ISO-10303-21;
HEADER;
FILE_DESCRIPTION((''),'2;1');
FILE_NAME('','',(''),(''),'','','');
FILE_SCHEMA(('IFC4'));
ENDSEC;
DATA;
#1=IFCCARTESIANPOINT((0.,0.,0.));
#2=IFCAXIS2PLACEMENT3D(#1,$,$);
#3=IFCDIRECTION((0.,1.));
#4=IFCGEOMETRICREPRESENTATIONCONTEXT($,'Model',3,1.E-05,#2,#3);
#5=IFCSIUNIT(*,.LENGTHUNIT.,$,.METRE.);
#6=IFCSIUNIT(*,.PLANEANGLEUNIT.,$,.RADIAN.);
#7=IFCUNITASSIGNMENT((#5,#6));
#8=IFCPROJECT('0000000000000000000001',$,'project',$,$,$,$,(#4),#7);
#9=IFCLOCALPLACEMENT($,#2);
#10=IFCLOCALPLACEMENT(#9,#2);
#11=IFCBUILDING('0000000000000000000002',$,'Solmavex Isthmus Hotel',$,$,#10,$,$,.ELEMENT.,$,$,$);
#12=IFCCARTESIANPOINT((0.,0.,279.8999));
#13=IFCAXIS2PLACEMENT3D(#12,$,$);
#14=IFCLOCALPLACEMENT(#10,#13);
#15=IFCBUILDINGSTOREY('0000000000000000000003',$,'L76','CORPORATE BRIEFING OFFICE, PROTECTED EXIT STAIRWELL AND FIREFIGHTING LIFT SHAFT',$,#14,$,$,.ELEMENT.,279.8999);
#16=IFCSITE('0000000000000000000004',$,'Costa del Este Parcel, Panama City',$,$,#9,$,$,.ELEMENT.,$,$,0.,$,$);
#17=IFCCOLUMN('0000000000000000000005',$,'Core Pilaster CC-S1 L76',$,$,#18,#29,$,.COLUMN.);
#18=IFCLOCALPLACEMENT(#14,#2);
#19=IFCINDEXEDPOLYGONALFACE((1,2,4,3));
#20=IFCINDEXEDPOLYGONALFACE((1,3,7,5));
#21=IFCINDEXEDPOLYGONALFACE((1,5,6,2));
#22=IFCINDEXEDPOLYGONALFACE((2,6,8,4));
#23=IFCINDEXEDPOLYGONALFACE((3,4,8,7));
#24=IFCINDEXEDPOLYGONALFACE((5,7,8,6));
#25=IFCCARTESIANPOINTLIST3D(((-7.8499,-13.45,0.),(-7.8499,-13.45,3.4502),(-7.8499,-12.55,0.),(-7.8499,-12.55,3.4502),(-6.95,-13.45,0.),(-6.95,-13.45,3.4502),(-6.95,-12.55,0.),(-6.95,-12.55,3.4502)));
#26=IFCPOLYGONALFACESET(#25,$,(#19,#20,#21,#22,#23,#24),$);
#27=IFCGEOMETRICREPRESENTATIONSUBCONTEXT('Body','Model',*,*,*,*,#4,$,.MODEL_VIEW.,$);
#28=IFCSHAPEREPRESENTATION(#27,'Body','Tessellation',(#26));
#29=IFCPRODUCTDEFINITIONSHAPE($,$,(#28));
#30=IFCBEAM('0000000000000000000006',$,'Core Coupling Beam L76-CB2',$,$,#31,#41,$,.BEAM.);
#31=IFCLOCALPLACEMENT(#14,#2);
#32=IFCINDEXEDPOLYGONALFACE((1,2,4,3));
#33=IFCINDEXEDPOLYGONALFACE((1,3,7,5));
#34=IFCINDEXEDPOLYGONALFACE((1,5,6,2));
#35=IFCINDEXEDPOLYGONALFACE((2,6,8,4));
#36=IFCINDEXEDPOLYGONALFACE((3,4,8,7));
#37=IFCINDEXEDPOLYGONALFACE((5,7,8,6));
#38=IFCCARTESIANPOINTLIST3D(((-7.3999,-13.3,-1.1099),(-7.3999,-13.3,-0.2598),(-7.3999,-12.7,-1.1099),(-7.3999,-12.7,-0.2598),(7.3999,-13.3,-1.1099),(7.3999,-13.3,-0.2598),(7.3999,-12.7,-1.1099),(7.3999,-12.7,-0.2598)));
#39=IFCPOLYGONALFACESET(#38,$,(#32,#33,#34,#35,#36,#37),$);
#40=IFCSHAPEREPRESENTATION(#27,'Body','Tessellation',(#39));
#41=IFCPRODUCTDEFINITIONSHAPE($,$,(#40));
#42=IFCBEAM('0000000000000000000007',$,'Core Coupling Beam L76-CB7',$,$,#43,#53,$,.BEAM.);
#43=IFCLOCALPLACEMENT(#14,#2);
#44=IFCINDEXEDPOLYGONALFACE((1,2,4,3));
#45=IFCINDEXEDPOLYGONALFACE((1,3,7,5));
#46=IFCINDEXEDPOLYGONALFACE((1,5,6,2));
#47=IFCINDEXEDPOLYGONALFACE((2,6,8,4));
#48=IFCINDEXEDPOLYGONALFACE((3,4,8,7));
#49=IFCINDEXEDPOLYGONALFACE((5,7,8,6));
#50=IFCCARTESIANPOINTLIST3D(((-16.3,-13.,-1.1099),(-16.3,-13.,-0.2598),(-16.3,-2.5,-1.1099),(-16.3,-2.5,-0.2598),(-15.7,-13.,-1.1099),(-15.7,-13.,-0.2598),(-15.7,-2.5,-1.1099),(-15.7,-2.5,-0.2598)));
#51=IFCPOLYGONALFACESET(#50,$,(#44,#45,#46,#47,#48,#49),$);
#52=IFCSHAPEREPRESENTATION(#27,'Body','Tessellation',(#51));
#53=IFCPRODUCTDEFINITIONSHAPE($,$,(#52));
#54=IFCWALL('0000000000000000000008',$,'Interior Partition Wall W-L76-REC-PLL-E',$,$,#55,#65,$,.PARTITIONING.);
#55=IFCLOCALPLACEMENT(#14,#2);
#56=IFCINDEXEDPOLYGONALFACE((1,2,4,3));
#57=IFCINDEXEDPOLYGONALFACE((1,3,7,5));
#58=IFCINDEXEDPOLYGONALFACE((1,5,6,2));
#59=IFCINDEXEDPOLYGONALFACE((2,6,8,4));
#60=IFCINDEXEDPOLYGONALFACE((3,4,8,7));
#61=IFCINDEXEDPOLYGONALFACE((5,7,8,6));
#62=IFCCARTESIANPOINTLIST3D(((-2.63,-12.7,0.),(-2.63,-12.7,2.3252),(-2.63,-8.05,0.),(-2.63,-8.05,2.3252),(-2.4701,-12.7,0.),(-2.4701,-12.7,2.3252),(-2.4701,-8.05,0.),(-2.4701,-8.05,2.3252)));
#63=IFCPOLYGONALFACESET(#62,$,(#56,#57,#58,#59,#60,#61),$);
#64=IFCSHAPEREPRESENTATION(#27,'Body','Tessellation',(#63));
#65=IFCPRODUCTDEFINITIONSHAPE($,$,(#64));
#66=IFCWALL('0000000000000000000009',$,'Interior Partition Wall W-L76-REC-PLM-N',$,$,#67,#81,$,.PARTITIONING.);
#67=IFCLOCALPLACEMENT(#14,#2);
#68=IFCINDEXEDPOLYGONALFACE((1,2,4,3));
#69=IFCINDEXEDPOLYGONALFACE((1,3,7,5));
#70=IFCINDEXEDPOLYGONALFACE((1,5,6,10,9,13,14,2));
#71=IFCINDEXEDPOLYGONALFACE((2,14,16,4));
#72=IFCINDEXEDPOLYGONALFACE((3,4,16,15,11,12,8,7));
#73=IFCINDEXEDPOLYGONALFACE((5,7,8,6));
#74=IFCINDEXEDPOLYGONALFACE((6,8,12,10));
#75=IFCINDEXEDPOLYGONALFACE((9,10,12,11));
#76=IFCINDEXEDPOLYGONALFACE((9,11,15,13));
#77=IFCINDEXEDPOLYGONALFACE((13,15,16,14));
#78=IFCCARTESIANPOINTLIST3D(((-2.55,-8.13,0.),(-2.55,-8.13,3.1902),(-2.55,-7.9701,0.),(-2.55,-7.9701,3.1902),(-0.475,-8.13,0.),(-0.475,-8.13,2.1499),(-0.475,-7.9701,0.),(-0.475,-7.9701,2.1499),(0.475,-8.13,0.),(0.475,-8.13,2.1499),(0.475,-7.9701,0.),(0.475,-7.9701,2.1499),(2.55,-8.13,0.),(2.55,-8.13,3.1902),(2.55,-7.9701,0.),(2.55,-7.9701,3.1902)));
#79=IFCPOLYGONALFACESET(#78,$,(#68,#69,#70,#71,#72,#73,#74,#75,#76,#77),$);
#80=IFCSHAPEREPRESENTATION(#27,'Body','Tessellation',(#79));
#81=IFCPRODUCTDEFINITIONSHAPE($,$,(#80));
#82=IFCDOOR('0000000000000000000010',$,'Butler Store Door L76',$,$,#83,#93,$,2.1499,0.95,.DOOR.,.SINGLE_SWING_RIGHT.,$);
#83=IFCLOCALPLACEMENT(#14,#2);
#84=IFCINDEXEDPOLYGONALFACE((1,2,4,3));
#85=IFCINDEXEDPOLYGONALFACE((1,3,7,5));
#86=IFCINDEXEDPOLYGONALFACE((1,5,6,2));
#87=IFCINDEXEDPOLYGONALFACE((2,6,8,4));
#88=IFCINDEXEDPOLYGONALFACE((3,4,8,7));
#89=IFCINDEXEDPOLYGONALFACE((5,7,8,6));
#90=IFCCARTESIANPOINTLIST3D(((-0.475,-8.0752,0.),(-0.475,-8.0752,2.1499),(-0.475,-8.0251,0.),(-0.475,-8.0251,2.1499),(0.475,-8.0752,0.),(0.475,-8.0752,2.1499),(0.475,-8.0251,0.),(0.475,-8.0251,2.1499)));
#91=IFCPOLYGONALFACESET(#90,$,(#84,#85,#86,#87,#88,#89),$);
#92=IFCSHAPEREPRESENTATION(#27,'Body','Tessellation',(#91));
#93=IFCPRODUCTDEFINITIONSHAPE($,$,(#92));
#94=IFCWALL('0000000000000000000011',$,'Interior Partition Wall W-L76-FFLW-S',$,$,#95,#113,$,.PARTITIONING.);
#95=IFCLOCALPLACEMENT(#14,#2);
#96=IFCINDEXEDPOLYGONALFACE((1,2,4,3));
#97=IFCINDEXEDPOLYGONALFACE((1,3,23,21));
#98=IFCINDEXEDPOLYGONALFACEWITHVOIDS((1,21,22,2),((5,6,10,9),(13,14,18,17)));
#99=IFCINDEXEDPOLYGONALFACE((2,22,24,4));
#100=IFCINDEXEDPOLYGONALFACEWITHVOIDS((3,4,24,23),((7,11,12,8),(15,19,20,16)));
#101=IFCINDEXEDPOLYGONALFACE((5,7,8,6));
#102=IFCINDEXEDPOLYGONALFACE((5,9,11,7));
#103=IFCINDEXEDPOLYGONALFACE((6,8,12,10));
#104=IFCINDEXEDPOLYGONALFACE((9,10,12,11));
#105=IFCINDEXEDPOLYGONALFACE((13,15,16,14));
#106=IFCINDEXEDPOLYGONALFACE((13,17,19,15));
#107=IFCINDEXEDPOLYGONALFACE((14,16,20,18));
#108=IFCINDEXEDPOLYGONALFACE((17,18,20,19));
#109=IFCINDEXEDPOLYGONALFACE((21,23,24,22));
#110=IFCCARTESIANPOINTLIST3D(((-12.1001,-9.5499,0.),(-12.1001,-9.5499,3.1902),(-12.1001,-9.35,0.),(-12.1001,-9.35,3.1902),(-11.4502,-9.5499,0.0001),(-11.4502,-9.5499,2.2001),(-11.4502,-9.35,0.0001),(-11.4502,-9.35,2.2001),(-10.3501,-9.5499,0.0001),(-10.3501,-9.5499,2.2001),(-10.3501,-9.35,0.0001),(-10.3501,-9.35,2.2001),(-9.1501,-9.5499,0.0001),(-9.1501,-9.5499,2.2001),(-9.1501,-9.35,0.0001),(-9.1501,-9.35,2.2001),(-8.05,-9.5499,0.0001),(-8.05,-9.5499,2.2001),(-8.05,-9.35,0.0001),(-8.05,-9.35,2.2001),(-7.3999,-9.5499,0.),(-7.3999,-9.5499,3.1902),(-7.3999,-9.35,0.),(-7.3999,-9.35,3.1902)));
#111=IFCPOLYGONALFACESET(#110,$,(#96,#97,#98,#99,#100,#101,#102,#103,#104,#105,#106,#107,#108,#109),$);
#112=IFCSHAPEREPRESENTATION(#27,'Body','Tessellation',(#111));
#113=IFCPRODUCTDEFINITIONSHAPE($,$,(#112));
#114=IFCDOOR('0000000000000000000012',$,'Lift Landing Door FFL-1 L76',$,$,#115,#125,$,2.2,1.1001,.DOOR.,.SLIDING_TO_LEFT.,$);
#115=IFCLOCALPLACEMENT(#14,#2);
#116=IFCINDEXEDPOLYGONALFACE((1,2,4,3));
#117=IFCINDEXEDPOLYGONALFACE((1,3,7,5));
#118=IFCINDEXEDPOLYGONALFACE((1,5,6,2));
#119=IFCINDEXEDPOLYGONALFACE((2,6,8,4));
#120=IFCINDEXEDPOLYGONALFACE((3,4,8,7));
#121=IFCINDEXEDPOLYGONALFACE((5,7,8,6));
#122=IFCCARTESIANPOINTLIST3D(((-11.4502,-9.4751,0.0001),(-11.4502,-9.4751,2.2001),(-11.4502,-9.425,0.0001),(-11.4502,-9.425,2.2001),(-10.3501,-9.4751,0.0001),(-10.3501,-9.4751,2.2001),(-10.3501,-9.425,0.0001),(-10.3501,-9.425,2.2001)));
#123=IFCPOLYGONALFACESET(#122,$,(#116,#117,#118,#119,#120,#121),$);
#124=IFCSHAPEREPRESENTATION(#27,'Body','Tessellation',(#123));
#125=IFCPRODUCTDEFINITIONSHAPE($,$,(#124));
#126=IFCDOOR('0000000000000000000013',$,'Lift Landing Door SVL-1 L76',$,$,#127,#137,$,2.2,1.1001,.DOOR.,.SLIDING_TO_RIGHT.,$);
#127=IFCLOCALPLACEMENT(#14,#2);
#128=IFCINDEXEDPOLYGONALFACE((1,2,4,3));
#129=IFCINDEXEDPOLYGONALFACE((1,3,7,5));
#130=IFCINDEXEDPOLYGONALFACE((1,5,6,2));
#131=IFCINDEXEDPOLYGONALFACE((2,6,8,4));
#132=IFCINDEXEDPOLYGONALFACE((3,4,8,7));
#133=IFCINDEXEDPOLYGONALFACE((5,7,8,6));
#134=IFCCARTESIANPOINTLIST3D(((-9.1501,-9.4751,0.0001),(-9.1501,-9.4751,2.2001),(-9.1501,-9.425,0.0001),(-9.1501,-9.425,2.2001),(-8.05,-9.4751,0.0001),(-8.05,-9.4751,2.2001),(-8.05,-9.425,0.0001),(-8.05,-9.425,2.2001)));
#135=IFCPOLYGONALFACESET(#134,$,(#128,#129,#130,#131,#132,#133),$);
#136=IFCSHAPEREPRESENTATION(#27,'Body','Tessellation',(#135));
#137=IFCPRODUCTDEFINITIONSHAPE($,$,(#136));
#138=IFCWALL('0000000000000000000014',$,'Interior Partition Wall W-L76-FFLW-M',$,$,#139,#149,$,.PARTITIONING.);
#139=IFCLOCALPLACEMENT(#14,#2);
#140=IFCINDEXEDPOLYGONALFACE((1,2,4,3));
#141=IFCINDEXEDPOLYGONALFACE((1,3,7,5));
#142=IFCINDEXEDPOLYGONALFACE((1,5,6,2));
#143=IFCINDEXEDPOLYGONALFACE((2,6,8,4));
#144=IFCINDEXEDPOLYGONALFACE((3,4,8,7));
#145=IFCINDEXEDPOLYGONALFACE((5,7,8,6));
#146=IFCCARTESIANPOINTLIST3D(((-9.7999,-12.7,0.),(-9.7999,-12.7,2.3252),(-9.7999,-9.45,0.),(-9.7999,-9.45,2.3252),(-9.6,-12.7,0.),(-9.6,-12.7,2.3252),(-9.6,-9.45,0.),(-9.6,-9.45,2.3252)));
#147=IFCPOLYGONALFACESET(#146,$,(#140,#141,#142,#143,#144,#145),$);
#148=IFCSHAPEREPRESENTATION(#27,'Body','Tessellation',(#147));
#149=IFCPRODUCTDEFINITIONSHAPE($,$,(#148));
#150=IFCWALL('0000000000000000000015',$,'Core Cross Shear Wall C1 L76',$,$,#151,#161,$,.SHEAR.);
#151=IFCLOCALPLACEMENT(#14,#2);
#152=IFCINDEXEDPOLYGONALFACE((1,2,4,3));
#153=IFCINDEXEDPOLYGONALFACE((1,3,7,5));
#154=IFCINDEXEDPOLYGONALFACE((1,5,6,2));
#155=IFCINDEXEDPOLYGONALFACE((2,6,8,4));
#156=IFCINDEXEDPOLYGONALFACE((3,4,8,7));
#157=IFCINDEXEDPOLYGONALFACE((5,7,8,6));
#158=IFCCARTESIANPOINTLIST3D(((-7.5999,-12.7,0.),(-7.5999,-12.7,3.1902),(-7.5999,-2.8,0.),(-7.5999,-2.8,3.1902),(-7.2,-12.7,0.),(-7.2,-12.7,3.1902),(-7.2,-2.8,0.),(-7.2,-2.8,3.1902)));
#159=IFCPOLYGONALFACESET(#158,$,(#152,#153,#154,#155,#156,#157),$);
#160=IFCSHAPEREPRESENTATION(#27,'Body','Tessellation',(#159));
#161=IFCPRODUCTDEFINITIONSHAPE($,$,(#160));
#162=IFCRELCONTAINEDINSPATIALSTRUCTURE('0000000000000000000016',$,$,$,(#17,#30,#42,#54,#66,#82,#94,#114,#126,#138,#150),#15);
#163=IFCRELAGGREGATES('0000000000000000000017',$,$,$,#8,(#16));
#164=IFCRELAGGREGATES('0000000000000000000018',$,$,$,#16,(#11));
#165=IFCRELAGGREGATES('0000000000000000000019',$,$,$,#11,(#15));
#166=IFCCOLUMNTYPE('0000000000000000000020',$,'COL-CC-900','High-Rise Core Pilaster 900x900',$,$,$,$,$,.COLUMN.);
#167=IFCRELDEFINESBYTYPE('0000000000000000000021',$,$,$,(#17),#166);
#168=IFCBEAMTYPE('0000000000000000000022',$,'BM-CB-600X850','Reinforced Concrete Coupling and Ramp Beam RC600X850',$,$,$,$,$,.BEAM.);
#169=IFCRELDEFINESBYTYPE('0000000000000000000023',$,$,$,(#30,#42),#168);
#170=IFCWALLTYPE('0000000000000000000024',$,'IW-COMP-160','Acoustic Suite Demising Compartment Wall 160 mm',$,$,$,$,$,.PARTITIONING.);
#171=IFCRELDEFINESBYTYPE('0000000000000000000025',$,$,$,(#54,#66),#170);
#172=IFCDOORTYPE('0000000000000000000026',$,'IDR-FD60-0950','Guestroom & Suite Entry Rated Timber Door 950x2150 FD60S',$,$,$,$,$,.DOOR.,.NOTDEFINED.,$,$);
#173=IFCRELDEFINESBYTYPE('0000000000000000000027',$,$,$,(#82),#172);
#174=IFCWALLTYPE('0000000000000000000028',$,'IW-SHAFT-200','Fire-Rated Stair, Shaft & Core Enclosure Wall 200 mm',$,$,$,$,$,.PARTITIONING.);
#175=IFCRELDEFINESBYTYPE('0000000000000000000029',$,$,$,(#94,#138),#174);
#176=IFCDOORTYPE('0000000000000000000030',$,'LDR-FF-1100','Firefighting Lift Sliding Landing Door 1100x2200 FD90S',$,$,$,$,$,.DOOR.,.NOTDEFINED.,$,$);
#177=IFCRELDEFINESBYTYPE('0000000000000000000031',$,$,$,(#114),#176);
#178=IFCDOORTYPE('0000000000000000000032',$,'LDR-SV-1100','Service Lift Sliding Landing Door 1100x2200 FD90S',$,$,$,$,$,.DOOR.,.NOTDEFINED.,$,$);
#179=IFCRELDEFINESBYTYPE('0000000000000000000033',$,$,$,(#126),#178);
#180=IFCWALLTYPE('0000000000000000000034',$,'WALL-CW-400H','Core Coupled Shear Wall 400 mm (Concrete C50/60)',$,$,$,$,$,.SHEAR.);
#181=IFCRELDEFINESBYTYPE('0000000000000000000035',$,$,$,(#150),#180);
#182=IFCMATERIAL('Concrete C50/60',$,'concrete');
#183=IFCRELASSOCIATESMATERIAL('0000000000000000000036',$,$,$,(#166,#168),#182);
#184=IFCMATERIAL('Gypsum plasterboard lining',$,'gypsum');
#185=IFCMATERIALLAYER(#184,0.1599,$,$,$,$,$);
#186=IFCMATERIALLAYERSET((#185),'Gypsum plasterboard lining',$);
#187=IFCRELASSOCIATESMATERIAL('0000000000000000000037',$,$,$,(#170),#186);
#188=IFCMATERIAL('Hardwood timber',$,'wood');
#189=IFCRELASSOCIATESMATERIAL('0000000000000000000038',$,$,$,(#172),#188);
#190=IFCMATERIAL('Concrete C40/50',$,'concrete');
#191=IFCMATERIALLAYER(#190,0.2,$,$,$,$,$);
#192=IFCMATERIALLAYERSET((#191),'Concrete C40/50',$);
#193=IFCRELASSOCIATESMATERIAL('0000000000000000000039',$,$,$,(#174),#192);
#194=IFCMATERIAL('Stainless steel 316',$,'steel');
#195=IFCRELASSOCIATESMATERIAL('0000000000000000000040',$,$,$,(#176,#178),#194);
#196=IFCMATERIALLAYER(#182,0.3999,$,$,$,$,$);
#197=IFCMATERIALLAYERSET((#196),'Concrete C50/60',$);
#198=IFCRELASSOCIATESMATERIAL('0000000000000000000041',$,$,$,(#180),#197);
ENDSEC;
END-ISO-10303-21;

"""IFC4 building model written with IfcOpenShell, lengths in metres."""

from ifc_helpers import new_model, si_unit, direction, frame, frame_2d, origin, origin_2d, place, context, subcontext, project, spatial, rectangle, extrude, material, layer, layer_set, material_profile, profile_set, type_object, element, fill, save


model = new_model("IFC4")

# Units and contexts
model_context = context("Model", 3, precision=1e-05, world=origin(), true_north=direction((0.0, 1.0)))
body_context = subcontext(model_context, "Body", "Model", "MODEL_VIEW")
ifc_project = project(units=[si_unit("LENGTHUNIT", "METRE"), si_unit("PLANEANGLEUNIT", "RADIAN")], contexts=[model_context])

# Site, building, storey
site_placement = place(None, origin())
site = spatial("IfcSite", under=ifc_project, at=site_placement, Name="Costa del Este Parcel, Panama City", CompositionType="ELEMENT", RefElevation=0.0)
building_placement = place(site_placement, origin())
building = spatial("IfcBuilding", under=site, at=building_placement, Name="Solmavex Isthmus Hotel", CompositionType="ELEMENT")
storey_placement = place(building_placement, frame((0.0, 0.0, 279.8999)))
storey = spatial("IfcBuildingStorey", under=building, at=storey_placement, Name="L76", Description="CORPORATE BRIEFING OFFICE, PROTECTED EXIT STAIRWELL AND FIREFIGHTING LIFT SHAFT", CompositionType="ELEMENT", Elevation=279.8999)

# Column
ifc_material_1 = material(Name="Concrete C50/60", Category="concrete")
ifc_material_profile_1 = material_profile(ifc_material_1, rectangle(XDim=0.8999, YDim=0.8999, at=origin_2d()), Name="RC900X900")
ifc_profile_set_1 = profile_set([ifc_material_profile_1], Name="Concrete C50/60")
column_type = type_object("IfcColumnType", Name="COL-CC-900", Description="High-Rise Core Pilaster 900x900", PredefinedType="COLUMN", material=ifc_profile_set_1)
column_placement = place(storey_placement, frame((-7.3999, -13.0, 0.0), z_axis=(0.0, 0.0, 1.0), x_axis=(1.0, 0.0, 0.0)))
element("IfcColumn", 1, at=column_placement, inside=storey, type_object=column_type, Name="Core Pilaster CC-S1 L76", PredefinedType="COLUMN", context=body_context, shape_type="SweptSolid", body=[
    extrude(rectangle(XDim=0.8999, YDim=0.8999, at=origin_2d()), origin(), (0.0, 0.0, 1.0), 3.4502),
])

# Beams
ifc_material_profile_2 = material_profile(ifc_material_1, rectangle(XDim=0.6001, YDim=0.8501, at=origin_2d()), Name="RC600X850")
ifc_profile_set_2 = profile_set([ifc_material_profile_2], Name="Concrete C50/60")
beam_type = type_object("IfcBeamType", Name="BM-CB-600X850", Description="Reinforced Concrete Coupling and Ramp Beam RC600X850", PredefinedType="BEAM", material=ifc_profile_set_2)
beam_1_placement = place(storey_placement, frame((-7.3999, -13.0, -0.6848), z_axis=(1.0, 0.0, 0.0), x_axis=(0.0, 1.0, 0.0)))
element("IfcBeam", 2, at=beam_1_placement, inside=storey, type_object=beam_type, Name="Core Coupling Beam L76-CB2", PredefinedType="BEAM", context=body_context, shape_type="SweptSolid", body=[
    extrude(rectangle(XDim=0.6001, YDim=0.8501, at=origin_2d()), origin(), (0.0, 0.0, 1.0), 14.7998),
])
beam_2_placement = place(storey_placement, frame((-16.0, -13.0, -0.6848), z_axis=(0.0, 1.0, 0.0), x_axis=(-1.0, 0.0, 0.0)))
element("IfcBeam", 3, at=beam_2_placement, inside=storey, type_object=beam_type, Name="Core Coupling Beam L76-CB7", PredefinedType="BEAM", context=body_context, shape_type="SweptSolid", body=[
    extrude(rectangle(XDim=0.6001, YDim=0.8501, at=origin_2d()), origin(), (0.0, 0.0, 1.0), 10.5),
])

# Shared definitions
ifc_material_2 = material(Name="Gypsum plasterboard lining", Category="gypsum")
ifc_layer_1 = layer(ifc_material_2, 0.1599)
ifc_layer_set_1 = layer_set([ifc_layer_1], Name="Gypsum plasterboard lining")
wall_type_1 = type_object("IfcWallType", Name="IW-COMP-160", Description="Acoustic Suite Demising Compartment Wall 160 mm", PredefinedType="PARTITIONING", material=ifc_layer_set_1)
ifc_material_3 = material(Name="Hardwood timber", Category="wood")
door_type_1 = type_object("IfcDoorType", Name="IDR-FD60-0950", Description="Guestroom & Suite Entry Rated Timber Door 950x2150 FD60S", OperationType="NOTDEFINED", PredefinedType="DOOR", material=ifc_material_3)

# Wall
wall_1_placement = place(storey_placement, frame((-2.55, -12.7, 0.0), z_axis=(0.0, 0.0, 1.0), x_axis=(0.0, 1.0, 0.0)))
element("IfcWall", 4, at=wall_1_placement, inside=storey, type_object=wall_type_1, Name="Interior Partition Wall W-L76-REC-PLL-E", PredefinedType="PARTITIONING", context=body_context, shape_type="SweptSolid", body=[
    extrude(rectangle(XDim=4.6499, YDim=0.1599, at=frame_2d((2.325, 0.0))), origin(), (0.0, 0.0, 1.0), 2.3252),
])

# Wall, opening, door
wall_2_placement = place(storey_placement, frame((-2.55, -8.05, 0.0), z_axis=(0.0, 0.0, 1.0), x_axis=(1.0, 0.0, 0.0)))
wall_2 = element("IfcWall", 5, at=wall_2_placement, inside=storey, type_object=wall_type_1, Name="Interior Partition Wall W-L76-REC-PLM-N", PredefinedType="PARTITIONING", context=body_context, shape_type="SweptSolid", body=[
    extrude(rectangle(XDim=5.1001, YDim=0.1599, at=frame_2d((2.55, 0.0))), origin(), (0.0, 0.0, 1.0), 3.1902),
])
opening_1_placement = place(wall_2_placement, frame((2.075, 0.0, 0.0)))
opening_1 = element("IfcOpeningElement", 6, at=opening_1_placement, cuts=wall_2, PredefinedType="OPENING", context=body_context, shape_type="SweptSolid", body=[
    extrude(rectangle(XDim=0.95, YDim=2.1499, at=frame_2d((0.4751, 1.075))), frame((0.0, 0.0898, 0.0), z_axis=(0.0, -1.0, 0.0), x_axis=(1.0, 0.0, 0.0)), (0.0, 0.0, 1.0), 0.1799),
])
door_1_placement = place(opening_1_placement, origin())
door_1 = element("IfcDoor", 7, at=door_1_placement, inside=storey, type_object=door_type_1, Name="Butler Store Door L76", OperationType="SINGLE_SWING_RIGHT", OverallHeight=2.1499, OverallWidth=0.95, PredefinedType="DOOR", context=body_context, shape_type="SweptSolid", body=[
    extrude(rectangle(XDim=0.95, YDim=2.1499, at=frame_2d((0.4751, 1.075))), frame((0.0, 0.0249, 0.0), z_axis=(0.0, -1.0, 0.0), x_axis=(1.0, 0.0, 0.0)), (0.0, 0.0, 1.0), 0.05),
])
fill(opening_1, door_1)

# Wall, openings, doors
ifc_material_4 = material(Name="Concrete C40/50", Category="concrete")
ifc_layer_2 = layer(ifc_material_4, 0.2)
ifc_layer_set_2 = layer_set([ifc_layer_2], Name="Concrete C40/50")
wall_type_2 = type_object("IfcWallType", Name="IW-SHAFT-200", Description="Fire-Rated Stair, Shaft & Core Enclosure Wall 200 mm", PredefinedType="PARTITIONING", material=ifc_layer_set_2)
wall_3_placement = place(storey_placement, frame((-12.1001, -9.45, 0.0), z_axis=(0.0, 0.0, 1.0), x_axis=(1.0, 0.0, 0.0)))
wall_3 = element("IfcWall", 8, at=wall_3_placement, inside=storey, type_object=wall_type_2, Name="Interior Partition Wall W-L76-FFLW-S", PredefinedType="PARTITIONING", context=body_context, shape_type="SweptSolid", body=[
    extrude(rectangle(XDim=4.7002, YDim=0.2, at=frame_2d((2.3501, 0.0))), origin(), (0.0, 0.0, 1.0), 3.1902),
])
opening_2_placement = place(wall_3_placement, frame((0.6499, 0.0, 0.0)))
opening_2 = element("IfcOpeningElement", 9, at=opening_2_placement, cuts=wall_3, PredefinedType="OPENING", context=body_context, shape_type="SweptSolid", body=[
    extrude(rectangle(XDim=1.1001, YDim=2.2, at=frame_2d((0.55, 1.1001))), frame((0.0, 0.1099, 0.0), z_axis=(0.0, -1.0, 0.0), x_axis=(1.0, 0.0, 0.0)), (0.0, 0.0, 1.0), 0.22),
])
opening_3_placement = place(wall_3_placement, frame((2.95, 0.0, 0.0)))
opening_3 = element("IfcOpeningElement", 10, at=opening_3_placement, cuts=wall_3, PredefinedType="OPENING", context=body_context, shape_type="SweptSolid", body=[
    extrude(rectangle(XDim=1.1001, YDim=2.2, at=frame_2d((0.55, 1.1001))), frame((0.0, 0.1099, 0.0), z_axis=(0.0, -1.0, 0.0), x_axis=(1.0, 0.0, 0.0)), (0.0, 0.0, 1.0), 0.22),
])
ifc_material_5 = material(Name="Stainless steel 316", Category="steel")
door_type_2 = type_object("IfcDoorType", Name="LDR-FF-1100", Description="Firefighting Lift Sliding Landing Door 1100x2200 FD90S", OperationType="NOTDEFINED", PredefinedType="DOOR", material=ifc_material_5)
door_2_placement = place(opening_2_placement, origin())
door_2 = element("IfcDoor", 11, at=door_2_placement, inside=storey, type_object=door_type_2, Name="Lift Landing Door FFL-1 L76", OperationType="SLIDING_TO_LEFT", OverallHeight=2.2, OverallWidth=1.1001, PredefinedType="DOOR", context=body_context, shape_type="SweptSolid", body=[
    extrude(rectangle(XDim=1.1001, YDim=2.2, at=frame_2d((0.55, 1.1001))), frame((0.0, 0.0249, 0.0), z_axis=(0.0, -1.0, 0.0), x_axis=(1.0, 0.0, 0.0)), (0.0, 0.0, 1.0), 0.05),
])
fill(opening_2, door_2)
door_type_3 = type_object("IfcDoorType", Name="LDR-SV-1100", Description="Service Lift Sliding Landing Door 1100x2200 FD90S", OperationType="NOTDEFINED", PredefinedType="DOOR", material=ifc_material_5)
door_3_placement = place(opening_3_placement, origin())
door_3 = element("IfcDoor", 12, at=door_3_placement, inside=storey, type_object=door_type_3, Name="Lift Landing Door SVL-1 L76", OperationType="SLIDING_TO_RIGHT", OverallHeight=2.2, OverallWidth=1.1001, PredefinedType="DOOR", context=body_context, shape_type="SweptSolid", body=[
    extrude(rectangle(XDim=1.1001, YDim=2.2, at=frame_2d((0.55, 1.1001))), frame((0.0, 0.0249, 0.0), z_axis=(0.0, -1.0, 0.0), x_axis=(1.0, 0.0, 0.0)), (0.0, 0.0, 1.0), 0.05),
])
fill(opening_3, door_3)

# Walls
wall_4_placement = place(storey_placement, frame((-9.7, -12.7, 0.0), z_axis=(0.0, 0.0, 1.0), x_axis=(0.0, 1.0, 0.0)))
element("IfcWall", 13, at=wall_4_placement, inside=storey, type_object=wall_type_2, Name="Interior Partition Wall W-L76-FFLW-M", PredefinedType="PARTITIONING", context=body_context, shape_type="SweptSolid", body=[
    extrude(rectangle(XDim=3.25, YDim=0.2, at=frame_2d((1.625, 0.0))), origin(), (0.0, 0.0, 1.0), 2.3252),
])
ifc_layer_3 = layer(ifc_material_1, 0.3999)
ifc_layer_set_3 = layer_set([ifc_layer_3], Name="Concrete C50/60")
wall_type_3 = type_object("IfcWallType", Name="WALL-CW-400H", Description="Core Coupled Shear Wall 400 mm (Concrete C50/60)", PredefinedType="SHEAR", material=ifc_layer_set_3)
wall_5_placement = place(storey_placement, frame((-7.3999, -12.7, 0.0), z_axis=(0.0, 0.0, 1.0), x_axis=(0.0, 1.0, 0.0)))
element("IfcWall", 14, at=wall_5_placement, inside=storey, type_object=wall_type_3, Name="Core Cross Shear Wall C1 L76", PredefinedType="SHEAR", context=body_context, shape_type="SweptSolid", body=[
    extrude(rectangle(XDim=9.8999, YDim=0.3999, at=frame_2d((4.95, 0.0))), origin(), (0.0, 0.0, 1.0), 3.1902),
])

save(model, "model.ifc")
